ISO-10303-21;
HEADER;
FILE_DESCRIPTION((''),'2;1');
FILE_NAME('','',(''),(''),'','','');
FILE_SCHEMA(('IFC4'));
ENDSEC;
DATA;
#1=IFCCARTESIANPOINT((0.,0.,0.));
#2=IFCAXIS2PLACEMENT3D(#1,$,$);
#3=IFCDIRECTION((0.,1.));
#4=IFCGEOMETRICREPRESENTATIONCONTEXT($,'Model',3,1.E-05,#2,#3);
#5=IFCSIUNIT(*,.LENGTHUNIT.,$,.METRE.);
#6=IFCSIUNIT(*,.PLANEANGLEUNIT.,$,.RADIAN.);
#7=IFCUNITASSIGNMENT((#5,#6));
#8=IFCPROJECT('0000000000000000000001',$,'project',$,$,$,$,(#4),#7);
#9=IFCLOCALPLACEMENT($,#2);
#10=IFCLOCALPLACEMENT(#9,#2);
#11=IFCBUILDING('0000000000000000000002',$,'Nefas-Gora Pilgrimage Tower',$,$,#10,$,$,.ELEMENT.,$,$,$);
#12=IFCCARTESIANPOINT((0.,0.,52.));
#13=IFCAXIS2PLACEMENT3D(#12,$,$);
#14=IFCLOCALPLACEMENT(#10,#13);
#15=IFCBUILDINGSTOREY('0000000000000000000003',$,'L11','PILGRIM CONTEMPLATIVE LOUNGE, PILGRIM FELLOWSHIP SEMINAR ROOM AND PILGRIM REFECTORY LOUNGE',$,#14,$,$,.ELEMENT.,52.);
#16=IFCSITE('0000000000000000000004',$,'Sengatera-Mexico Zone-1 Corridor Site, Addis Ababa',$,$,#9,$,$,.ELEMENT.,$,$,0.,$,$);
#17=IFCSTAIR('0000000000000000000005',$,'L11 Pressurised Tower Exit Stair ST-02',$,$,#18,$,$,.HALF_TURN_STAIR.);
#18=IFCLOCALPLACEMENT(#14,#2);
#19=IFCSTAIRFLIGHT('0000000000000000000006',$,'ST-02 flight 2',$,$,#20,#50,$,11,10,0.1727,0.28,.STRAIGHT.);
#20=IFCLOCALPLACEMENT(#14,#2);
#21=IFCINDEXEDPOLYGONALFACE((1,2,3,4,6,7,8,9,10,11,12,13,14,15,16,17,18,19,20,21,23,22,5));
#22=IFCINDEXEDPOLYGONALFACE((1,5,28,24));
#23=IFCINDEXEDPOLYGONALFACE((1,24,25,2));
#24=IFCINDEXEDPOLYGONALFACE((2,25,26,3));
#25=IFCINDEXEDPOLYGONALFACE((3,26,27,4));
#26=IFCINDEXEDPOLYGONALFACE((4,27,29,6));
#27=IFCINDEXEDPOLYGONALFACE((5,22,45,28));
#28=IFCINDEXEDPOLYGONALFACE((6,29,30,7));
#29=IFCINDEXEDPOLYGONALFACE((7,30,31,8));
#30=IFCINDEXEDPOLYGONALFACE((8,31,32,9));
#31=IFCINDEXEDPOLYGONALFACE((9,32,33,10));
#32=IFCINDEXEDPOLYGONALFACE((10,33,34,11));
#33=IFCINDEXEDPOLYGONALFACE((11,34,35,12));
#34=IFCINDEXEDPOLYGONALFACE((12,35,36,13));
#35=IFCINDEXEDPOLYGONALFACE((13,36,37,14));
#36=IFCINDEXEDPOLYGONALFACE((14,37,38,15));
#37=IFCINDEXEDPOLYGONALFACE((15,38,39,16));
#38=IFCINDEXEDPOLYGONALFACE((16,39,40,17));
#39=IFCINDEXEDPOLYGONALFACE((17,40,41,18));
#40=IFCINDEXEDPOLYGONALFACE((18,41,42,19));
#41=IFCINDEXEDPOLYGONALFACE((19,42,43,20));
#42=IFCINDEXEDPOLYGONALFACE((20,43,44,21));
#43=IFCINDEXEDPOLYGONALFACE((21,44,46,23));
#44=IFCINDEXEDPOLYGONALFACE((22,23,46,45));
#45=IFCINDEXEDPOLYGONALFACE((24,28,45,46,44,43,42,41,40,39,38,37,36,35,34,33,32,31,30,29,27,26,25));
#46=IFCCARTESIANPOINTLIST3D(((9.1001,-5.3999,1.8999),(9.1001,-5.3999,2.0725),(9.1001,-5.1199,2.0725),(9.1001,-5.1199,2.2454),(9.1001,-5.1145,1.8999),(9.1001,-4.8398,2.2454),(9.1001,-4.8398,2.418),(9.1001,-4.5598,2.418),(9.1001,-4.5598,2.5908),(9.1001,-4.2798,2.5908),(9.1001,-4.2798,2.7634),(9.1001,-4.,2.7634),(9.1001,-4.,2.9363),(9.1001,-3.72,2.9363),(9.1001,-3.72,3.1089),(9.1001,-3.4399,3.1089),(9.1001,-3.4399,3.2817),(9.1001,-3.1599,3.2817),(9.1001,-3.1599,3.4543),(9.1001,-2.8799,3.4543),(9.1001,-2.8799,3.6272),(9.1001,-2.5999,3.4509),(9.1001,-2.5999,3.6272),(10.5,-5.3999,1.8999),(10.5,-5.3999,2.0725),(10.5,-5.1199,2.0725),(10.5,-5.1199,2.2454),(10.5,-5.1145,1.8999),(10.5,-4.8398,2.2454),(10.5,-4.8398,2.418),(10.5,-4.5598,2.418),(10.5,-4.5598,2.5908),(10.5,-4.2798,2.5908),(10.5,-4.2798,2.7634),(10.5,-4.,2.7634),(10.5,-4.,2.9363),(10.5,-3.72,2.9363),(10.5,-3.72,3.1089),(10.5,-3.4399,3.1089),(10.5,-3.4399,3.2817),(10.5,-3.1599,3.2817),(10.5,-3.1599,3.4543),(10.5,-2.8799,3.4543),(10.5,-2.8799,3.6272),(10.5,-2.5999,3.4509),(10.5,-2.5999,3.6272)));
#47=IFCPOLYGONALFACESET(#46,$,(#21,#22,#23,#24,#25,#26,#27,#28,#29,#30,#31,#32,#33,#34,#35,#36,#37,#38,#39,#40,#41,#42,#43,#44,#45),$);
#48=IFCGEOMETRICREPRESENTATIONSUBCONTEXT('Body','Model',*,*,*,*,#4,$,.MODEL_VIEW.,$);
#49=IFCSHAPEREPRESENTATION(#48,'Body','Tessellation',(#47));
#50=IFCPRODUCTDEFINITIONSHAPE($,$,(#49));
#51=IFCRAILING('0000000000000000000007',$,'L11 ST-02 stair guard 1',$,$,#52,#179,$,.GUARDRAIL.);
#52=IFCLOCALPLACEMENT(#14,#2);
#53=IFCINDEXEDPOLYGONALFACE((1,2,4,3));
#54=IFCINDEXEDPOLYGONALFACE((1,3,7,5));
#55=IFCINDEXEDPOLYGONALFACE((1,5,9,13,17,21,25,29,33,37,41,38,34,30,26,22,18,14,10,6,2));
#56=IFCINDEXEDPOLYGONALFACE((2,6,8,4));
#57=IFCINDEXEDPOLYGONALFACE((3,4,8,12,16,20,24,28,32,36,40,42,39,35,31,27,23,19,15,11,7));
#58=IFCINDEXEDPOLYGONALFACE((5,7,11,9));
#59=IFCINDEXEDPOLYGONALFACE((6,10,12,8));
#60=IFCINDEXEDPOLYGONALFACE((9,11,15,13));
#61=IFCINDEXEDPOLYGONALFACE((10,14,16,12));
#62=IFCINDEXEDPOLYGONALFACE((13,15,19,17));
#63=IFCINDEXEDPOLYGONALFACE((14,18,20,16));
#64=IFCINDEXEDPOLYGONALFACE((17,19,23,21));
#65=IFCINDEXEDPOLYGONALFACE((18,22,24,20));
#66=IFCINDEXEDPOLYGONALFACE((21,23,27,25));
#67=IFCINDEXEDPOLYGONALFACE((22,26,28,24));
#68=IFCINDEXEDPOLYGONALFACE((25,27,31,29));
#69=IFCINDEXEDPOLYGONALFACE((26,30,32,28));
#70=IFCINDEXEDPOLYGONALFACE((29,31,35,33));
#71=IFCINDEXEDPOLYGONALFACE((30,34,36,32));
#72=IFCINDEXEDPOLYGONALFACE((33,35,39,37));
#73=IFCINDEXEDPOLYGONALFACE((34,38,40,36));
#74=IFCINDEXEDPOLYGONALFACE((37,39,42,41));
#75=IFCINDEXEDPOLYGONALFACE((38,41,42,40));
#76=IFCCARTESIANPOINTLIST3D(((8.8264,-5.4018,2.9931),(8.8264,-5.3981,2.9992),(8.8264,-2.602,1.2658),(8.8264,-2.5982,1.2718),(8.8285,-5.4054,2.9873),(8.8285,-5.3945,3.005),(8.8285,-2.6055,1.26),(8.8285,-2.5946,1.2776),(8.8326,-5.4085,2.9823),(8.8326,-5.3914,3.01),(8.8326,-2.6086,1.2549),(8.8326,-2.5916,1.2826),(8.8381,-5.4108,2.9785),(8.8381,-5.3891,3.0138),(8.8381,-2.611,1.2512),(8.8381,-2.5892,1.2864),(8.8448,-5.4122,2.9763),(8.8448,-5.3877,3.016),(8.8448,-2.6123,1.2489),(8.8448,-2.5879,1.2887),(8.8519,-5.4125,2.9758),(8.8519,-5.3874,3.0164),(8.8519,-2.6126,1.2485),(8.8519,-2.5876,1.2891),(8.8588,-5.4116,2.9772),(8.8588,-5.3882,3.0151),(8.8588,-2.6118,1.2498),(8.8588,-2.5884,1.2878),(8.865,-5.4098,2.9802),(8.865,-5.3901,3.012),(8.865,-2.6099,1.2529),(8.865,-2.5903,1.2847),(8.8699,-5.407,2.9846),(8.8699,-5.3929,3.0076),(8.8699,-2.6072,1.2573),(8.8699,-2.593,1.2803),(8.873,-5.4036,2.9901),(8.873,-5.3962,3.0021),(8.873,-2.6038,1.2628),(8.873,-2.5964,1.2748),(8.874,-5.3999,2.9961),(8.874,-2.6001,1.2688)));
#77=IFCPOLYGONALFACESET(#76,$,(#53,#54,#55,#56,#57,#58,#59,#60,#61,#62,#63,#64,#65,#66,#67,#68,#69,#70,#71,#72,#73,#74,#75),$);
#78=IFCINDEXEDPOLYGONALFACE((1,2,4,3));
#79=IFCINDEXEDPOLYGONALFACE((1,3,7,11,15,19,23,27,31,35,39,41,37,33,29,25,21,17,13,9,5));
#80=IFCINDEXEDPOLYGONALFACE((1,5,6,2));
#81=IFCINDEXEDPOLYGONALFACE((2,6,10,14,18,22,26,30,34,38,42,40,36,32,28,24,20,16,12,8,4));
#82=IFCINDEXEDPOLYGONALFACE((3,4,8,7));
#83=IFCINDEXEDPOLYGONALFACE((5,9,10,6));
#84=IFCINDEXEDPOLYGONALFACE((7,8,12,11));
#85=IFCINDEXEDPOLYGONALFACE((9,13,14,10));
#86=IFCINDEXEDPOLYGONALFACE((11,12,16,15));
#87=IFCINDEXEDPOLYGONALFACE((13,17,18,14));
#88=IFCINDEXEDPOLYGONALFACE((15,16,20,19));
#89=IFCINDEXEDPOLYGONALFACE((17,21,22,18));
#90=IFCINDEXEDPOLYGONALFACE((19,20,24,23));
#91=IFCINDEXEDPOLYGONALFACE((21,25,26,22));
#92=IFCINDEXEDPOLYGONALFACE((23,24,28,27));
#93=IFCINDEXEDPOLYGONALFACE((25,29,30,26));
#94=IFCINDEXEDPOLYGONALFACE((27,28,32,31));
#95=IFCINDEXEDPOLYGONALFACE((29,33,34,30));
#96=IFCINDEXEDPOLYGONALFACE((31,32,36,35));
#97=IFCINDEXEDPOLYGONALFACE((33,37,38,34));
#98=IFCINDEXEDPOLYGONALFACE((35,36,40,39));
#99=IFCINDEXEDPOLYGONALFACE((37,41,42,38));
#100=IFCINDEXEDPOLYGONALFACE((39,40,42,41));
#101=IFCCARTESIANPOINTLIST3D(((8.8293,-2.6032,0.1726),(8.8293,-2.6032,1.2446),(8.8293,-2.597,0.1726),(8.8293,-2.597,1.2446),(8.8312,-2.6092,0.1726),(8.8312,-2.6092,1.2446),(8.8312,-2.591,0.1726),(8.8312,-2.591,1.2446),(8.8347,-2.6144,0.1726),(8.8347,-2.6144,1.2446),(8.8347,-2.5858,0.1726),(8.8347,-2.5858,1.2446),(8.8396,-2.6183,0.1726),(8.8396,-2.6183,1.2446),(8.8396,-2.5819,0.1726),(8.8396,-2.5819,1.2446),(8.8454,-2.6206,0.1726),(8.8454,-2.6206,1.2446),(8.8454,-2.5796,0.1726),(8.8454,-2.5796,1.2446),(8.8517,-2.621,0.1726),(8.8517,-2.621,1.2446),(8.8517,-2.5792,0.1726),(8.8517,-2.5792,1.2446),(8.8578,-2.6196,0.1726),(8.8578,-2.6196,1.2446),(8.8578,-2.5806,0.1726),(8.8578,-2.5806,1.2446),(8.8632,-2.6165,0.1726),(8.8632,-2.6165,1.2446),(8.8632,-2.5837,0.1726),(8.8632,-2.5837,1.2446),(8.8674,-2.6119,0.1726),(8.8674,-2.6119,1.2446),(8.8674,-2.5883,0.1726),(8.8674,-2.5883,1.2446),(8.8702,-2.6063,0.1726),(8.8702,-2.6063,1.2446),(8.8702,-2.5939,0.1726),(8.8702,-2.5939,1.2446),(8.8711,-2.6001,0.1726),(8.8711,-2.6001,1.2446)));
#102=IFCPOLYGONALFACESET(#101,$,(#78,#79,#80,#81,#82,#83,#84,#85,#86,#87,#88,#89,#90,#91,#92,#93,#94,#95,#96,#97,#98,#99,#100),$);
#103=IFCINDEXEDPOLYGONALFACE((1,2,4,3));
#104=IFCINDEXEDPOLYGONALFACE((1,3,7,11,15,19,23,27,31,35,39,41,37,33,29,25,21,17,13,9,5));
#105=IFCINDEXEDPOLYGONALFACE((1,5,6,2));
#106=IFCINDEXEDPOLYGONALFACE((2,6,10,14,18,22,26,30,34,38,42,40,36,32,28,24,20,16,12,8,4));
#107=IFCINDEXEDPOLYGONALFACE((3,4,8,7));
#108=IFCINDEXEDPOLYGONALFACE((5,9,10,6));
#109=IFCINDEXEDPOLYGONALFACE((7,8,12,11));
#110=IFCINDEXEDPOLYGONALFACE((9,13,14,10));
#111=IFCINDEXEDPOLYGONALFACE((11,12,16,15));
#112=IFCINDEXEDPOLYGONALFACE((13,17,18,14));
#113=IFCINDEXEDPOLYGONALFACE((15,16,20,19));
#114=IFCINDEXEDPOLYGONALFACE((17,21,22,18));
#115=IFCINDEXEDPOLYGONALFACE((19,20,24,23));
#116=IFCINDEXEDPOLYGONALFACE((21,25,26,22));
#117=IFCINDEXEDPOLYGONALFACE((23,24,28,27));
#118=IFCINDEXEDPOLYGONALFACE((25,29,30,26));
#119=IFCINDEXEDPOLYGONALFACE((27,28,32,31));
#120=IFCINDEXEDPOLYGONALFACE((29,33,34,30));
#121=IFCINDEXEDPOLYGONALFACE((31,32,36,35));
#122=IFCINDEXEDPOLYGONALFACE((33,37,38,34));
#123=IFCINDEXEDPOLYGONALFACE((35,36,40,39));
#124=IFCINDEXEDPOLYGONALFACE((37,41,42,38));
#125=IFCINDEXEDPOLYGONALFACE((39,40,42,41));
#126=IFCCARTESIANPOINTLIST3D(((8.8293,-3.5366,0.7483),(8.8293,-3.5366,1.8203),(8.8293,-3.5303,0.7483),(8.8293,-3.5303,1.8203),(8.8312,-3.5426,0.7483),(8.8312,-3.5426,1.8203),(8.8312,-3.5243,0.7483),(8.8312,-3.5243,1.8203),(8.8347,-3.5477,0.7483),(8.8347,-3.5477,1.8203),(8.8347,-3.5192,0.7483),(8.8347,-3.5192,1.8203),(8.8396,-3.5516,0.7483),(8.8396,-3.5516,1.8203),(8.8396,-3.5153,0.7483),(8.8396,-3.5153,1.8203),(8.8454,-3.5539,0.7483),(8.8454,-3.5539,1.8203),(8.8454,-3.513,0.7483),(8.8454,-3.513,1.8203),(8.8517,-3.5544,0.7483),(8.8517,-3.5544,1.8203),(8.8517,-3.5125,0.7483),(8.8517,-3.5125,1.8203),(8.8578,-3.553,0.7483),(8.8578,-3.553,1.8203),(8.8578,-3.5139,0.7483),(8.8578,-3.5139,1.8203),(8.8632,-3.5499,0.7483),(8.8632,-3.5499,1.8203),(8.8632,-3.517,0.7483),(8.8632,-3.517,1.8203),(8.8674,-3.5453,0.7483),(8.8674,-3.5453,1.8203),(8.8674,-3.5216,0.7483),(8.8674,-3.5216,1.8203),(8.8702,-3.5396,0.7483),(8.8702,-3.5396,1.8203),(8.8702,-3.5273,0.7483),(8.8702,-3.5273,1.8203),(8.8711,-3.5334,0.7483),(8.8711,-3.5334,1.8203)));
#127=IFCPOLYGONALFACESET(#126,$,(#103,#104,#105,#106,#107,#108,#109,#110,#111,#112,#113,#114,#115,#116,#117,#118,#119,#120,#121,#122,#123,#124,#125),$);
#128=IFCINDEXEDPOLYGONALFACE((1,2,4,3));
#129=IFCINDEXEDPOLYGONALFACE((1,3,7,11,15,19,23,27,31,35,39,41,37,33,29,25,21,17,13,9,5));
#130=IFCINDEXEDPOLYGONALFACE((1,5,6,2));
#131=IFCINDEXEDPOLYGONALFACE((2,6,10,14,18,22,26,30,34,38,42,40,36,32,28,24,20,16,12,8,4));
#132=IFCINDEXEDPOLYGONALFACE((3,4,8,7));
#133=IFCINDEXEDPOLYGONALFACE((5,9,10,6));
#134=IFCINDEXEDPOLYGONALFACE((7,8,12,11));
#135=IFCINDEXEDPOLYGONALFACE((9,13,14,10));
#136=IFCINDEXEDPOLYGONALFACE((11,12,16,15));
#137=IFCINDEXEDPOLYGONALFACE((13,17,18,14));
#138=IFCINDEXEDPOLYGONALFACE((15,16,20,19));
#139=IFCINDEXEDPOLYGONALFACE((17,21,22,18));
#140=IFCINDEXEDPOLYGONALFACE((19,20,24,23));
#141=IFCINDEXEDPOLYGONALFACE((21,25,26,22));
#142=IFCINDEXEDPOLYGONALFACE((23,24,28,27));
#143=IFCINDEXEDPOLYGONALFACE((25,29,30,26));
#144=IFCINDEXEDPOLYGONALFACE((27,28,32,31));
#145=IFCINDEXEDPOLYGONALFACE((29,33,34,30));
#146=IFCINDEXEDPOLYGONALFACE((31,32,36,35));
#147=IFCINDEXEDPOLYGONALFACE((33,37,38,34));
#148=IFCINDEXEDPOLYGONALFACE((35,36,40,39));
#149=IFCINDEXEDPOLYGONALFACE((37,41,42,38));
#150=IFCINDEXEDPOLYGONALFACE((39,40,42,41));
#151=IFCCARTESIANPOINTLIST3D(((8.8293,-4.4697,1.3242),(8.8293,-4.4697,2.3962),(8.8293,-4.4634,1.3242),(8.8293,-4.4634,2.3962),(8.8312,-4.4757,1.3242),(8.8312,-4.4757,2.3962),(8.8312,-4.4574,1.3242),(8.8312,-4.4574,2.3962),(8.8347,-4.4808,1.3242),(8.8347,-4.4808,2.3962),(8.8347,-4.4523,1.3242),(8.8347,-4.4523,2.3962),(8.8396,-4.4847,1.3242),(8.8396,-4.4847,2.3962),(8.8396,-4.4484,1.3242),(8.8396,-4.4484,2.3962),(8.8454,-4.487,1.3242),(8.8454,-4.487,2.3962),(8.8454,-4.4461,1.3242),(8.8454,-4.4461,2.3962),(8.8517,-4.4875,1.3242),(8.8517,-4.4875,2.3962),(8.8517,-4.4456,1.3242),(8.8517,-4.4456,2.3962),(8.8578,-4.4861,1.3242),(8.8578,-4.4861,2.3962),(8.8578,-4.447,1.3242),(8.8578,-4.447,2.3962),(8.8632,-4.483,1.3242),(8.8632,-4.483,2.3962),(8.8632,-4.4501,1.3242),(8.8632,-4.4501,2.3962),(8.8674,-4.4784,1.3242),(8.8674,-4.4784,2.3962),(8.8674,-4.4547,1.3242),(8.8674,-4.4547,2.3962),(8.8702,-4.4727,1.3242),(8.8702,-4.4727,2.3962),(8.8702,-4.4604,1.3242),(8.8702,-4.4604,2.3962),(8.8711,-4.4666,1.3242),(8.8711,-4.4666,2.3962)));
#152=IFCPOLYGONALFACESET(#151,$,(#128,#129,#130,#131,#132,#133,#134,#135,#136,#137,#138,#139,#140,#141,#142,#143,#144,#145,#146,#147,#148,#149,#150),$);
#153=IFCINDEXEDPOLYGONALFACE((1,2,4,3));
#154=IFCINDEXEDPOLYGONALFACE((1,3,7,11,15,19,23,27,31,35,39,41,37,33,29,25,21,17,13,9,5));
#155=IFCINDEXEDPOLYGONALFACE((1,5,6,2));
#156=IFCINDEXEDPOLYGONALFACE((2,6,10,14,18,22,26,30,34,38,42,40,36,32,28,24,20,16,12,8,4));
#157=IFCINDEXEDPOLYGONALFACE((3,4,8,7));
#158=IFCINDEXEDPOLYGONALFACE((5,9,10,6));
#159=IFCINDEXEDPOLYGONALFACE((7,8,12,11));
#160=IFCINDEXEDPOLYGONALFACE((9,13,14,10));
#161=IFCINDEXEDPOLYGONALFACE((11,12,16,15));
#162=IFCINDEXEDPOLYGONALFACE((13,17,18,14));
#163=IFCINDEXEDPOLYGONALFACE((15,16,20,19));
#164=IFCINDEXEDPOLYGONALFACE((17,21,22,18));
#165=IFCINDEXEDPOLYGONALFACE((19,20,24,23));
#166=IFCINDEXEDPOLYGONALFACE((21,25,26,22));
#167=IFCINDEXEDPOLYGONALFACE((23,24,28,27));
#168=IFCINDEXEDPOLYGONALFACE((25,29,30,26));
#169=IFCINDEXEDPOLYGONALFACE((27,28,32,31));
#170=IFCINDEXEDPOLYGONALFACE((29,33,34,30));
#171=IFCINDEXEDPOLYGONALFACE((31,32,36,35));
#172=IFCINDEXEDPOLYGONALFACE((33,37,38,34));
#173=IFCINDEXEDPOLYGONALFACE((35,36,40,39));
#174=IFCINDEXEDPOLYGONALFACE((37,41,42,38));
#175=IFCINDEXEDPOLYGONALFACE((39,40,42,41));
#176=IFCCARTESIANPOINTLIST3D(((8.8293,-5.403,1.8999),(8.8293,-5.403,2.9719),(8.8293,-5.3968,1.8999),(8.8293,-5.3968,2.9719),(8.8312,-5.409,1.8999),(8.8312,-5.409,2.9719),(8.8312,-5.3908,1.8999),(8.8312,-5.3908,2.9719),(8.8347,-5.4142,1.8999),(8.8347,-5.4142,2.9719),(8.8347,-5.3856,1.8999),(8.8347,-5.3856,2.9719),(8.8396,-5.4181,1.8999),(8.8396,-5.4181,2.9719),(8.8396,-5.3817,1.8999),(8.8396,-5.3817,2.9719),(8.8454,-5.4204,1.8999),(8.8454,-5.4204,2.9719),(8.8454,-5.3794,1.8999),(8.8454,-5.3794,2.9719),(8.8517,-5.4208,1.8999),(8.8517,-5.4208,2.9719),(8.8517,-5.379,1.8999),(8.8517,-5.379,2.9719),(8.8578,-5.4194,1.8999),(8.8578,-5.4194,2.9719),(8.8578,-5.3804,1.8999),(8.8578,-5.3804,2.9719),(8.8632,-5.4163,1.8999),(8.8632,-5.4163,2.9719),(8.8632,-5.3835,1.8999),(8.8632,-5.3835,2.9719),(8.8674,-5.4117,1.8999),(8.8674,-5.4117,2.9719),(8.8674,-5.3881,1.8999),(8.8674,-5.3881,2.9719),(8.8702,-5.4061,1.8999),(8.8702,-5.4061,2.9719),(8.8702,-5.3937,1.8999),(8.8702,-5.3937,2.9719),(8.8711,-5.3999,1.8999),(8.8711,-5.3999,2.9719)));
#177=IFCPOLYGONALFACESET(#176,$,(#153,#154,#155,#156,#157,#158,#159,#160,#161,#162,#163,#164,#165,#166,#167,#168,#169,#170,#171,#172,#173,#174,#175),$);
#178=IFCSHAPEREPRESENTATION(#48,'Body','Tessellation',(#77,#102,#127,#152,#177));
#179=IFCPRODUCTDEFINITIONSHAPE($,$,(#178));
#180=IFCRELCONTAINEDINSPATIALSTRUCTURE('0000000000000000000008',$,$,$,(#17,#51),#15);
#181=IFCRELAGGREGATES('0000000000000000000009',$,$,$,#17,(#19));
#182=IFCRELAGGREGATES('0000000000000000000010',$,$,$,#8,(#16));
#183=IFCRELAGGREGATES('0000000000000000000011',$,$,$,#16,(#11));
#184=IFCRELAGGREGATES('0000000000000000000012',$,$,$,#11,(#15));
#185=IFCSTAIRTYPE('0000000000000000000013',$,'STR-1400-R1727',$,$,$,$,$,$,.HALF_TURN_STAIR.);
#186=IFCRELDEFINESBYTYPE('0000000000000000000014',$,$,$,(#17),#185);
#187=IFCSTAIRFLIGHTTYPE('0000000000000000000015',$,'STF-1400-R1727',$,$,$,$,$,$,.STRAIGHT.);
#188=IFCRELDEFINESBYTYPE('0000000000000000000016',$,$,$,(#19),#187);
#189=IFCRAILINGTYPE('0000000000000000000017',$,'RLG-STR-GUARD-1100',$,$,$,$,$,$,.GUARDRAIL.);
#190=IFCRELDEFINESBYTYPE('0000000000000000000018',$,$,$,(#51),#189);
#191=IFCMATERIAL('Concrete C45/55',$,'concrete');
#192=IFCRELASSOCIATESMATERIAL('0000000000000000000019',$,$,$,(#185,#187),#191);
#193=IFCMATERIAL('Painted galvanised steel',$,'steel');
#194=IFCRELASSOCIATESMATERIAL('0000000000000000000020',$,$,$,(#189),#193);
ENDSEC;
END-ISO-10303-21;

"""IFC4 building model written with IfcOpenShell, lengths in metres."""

from ifc_helpers import new_model, si_unit, direction, frame, origin, origin_2d, place, context, subcontext, project, spatial, polyline, circle, outline, extrude, source, transform, mapped, material, type_object, element, aggregate, save


model = new_model("IFC4")

# Units and contexts
model_context = context("Model", 3, precision=1e-05, world=origin(), true_north=direction((0.0, 1.0)))
body_context = subcontext(model_context, "Body", "Model", "MODEL_VIEW")
ifc_project = project(units=[si_unit("LENGTHUNIT", "METRE"), si_unit("PLANEANGLEUNIT", "RADIAN")], contexts=[model_context])

# Site, building, storey
site_placement = place(None, origin())
site = spatial("IfcSite", under=ifc_project, at=site_placement, Name="Sengatera-Mexico Zone-1 Corridor Site, Addis Ababa", CompositionType="ELEMENT", RefElevation=0.0)
building_placement = place(site_placement, origin())
building = spatial("IfcBuilding", under=site, at=building_placement, Name="Nefas-Gora Pilgrimage Tower", CompositionType="ELEMENT")
storey_placement = place(building_placement, frame((0.0, 0.0, 52.0)))
storey = spatial("IfcBuildingStorey", under=building, at=storey_placement, Name="L11", Description="PILGRIM CONTEMPLATIVE LOUNGE, PILGRIM FELLOWSHIP SEMINAR ROOM AND PILGRIM REFECTORY LOUNGE", CompositionType="ELEMENT", Elevation=52.0)

# Shared definitions
ifc_material_1 = material(Name="Concrete C45/55", Category="concrete")

# Stair, stair flight
stair_type = type_object("IfcStairType", Name="STR-1400-R1727", PredefinedType="HALF_TURN_STAIR", material=ifc_material_1)
stair_placement = place(storey_placement, origin())
stair = element("IfcStair", 1, at=stair_placement, inside=storey, type_object=stair_type, Name="L11 Pressurised Tower Exit Stair ST-02", PredefinedType="HALF_TURN_STAIR")
stair_flight_type = type_object("IfcStairFlightType", Name="STF-1400-R1727", PredefinedType="STRAIGHT", material=ifc_material_1)
shared_shape_1 = source(origin(), body_context, "Body", "SweptSolid", [
    extrude(outline(polyline([(0.0, 0.0), (0.0, 0.1726), (0.28, 0.1726), (0.28, 0.3455), (0.5601, 0.3455), (0.5601, 0.5181), (0.8401, 0.5181), (0.8401, 0.6909), (1.1201, 0.6909), (1.1201, 0.8635), (1.3999, 0.8635), (1.3999, 1.0364), (1.6799, 1.0364), (1.6799, 1.209), (1.96, 1.209), (1.96, 1.3818), (2.24, 1.3818), (2.24, 1.5544), (2.52, 1.5544), (2.52, 1.7273), (2.8, 1.7273), (2.8, 1.8999), (2.8, 1.551), (0.2854, 0.0), (0.0, 0.0)])), frame((0.0, 0.7, 0.0), z_axis=(0.0, -1.0, 0.0), x_axis=(1.0, 0.0, 0.0)), (0.0, 0.0, 1.0), 1.3999),
])
stair_flight_1_placement = place(storey_placement, frame((9.8, -5.3999, 1.8999), z_axis=(0.0, 0.0, 1.0), x_axis=(0.0, 1.0, 0.0)))
stair_flight_1 = element("IfcStairFlight", 2, at=stair_flight_1_placement, type_object=stair_flight_type, Name="ST-02 flight 2", NumberOfRisers=11, NumberOfTreads=10, PredefinedType="STRAIGHT", RiserHeight=0.1727, TreadLength=0.28, context=body_context, shape_type="MappedRepresentation", body=[
    mapped(shared_shape_1, transform((0.0, 0.0, 0.0), x_axis=(1.0, 0.0, 0.0), y_axis=(0.0, 1.0, 0.0), z_axis=(0.0, 0.0, 1.0), scale=1.0)),
])
aggregate(stair, [stair_flight_1])

# Railing
ifc_material_2 = material(Name="Painted galvanised steel", Category="steel")
railing_type_1 = type_object("IfcRailingType", Name="RLG-STR-GUARD-1100", PredefinedType="GUARDRAIL", material=ifc_material_2)
railing_1_placement = place(storey_placement, frame((8.8501, -2.6001, 0.1726)))
element("IfcRailing", 3, at=railing_1_placement, inside=storey, type_object=railing_type_1, Name="L11 ST-02 stair guard 1", PredefinedType="GUARDRAIL", context=body_context, shape_type="SweptSolid", body=[
    extrude(circle(Radius=0.0239, at=origin_2d()), frame((0.0, 0.0, 1.0962), z_axis=(0.0, -0.851069, 0.525054), x_axis=(1.0, 0.0, 0.0)), (0.0, 0.0, 1.0), 3.2898),
    extrude(circle(Radius=0.021, at=origin_2d()), origin(), (0.0, 0.0, 1.0), 1.072),
    extrude(circle(Radius=0.021, at=origin_2d()), frame((0.0, -0.9333, 0.5757)), (0.0, 0.0, 1.0), 1.072),
    extrude(circle(Radius=0.021, at=origin_2d()), frame((0.0, -1.8665, 1.1516)), (0.0, 0.0, 1.0), 1.072),
    extrude(circle(Radius=0.021, at=origin_2d()), frame((0.0, -2.7998, 1.7273)), (0.0, 0.0, 1.0), 1.072),
])

save(model, "model.ifc")
